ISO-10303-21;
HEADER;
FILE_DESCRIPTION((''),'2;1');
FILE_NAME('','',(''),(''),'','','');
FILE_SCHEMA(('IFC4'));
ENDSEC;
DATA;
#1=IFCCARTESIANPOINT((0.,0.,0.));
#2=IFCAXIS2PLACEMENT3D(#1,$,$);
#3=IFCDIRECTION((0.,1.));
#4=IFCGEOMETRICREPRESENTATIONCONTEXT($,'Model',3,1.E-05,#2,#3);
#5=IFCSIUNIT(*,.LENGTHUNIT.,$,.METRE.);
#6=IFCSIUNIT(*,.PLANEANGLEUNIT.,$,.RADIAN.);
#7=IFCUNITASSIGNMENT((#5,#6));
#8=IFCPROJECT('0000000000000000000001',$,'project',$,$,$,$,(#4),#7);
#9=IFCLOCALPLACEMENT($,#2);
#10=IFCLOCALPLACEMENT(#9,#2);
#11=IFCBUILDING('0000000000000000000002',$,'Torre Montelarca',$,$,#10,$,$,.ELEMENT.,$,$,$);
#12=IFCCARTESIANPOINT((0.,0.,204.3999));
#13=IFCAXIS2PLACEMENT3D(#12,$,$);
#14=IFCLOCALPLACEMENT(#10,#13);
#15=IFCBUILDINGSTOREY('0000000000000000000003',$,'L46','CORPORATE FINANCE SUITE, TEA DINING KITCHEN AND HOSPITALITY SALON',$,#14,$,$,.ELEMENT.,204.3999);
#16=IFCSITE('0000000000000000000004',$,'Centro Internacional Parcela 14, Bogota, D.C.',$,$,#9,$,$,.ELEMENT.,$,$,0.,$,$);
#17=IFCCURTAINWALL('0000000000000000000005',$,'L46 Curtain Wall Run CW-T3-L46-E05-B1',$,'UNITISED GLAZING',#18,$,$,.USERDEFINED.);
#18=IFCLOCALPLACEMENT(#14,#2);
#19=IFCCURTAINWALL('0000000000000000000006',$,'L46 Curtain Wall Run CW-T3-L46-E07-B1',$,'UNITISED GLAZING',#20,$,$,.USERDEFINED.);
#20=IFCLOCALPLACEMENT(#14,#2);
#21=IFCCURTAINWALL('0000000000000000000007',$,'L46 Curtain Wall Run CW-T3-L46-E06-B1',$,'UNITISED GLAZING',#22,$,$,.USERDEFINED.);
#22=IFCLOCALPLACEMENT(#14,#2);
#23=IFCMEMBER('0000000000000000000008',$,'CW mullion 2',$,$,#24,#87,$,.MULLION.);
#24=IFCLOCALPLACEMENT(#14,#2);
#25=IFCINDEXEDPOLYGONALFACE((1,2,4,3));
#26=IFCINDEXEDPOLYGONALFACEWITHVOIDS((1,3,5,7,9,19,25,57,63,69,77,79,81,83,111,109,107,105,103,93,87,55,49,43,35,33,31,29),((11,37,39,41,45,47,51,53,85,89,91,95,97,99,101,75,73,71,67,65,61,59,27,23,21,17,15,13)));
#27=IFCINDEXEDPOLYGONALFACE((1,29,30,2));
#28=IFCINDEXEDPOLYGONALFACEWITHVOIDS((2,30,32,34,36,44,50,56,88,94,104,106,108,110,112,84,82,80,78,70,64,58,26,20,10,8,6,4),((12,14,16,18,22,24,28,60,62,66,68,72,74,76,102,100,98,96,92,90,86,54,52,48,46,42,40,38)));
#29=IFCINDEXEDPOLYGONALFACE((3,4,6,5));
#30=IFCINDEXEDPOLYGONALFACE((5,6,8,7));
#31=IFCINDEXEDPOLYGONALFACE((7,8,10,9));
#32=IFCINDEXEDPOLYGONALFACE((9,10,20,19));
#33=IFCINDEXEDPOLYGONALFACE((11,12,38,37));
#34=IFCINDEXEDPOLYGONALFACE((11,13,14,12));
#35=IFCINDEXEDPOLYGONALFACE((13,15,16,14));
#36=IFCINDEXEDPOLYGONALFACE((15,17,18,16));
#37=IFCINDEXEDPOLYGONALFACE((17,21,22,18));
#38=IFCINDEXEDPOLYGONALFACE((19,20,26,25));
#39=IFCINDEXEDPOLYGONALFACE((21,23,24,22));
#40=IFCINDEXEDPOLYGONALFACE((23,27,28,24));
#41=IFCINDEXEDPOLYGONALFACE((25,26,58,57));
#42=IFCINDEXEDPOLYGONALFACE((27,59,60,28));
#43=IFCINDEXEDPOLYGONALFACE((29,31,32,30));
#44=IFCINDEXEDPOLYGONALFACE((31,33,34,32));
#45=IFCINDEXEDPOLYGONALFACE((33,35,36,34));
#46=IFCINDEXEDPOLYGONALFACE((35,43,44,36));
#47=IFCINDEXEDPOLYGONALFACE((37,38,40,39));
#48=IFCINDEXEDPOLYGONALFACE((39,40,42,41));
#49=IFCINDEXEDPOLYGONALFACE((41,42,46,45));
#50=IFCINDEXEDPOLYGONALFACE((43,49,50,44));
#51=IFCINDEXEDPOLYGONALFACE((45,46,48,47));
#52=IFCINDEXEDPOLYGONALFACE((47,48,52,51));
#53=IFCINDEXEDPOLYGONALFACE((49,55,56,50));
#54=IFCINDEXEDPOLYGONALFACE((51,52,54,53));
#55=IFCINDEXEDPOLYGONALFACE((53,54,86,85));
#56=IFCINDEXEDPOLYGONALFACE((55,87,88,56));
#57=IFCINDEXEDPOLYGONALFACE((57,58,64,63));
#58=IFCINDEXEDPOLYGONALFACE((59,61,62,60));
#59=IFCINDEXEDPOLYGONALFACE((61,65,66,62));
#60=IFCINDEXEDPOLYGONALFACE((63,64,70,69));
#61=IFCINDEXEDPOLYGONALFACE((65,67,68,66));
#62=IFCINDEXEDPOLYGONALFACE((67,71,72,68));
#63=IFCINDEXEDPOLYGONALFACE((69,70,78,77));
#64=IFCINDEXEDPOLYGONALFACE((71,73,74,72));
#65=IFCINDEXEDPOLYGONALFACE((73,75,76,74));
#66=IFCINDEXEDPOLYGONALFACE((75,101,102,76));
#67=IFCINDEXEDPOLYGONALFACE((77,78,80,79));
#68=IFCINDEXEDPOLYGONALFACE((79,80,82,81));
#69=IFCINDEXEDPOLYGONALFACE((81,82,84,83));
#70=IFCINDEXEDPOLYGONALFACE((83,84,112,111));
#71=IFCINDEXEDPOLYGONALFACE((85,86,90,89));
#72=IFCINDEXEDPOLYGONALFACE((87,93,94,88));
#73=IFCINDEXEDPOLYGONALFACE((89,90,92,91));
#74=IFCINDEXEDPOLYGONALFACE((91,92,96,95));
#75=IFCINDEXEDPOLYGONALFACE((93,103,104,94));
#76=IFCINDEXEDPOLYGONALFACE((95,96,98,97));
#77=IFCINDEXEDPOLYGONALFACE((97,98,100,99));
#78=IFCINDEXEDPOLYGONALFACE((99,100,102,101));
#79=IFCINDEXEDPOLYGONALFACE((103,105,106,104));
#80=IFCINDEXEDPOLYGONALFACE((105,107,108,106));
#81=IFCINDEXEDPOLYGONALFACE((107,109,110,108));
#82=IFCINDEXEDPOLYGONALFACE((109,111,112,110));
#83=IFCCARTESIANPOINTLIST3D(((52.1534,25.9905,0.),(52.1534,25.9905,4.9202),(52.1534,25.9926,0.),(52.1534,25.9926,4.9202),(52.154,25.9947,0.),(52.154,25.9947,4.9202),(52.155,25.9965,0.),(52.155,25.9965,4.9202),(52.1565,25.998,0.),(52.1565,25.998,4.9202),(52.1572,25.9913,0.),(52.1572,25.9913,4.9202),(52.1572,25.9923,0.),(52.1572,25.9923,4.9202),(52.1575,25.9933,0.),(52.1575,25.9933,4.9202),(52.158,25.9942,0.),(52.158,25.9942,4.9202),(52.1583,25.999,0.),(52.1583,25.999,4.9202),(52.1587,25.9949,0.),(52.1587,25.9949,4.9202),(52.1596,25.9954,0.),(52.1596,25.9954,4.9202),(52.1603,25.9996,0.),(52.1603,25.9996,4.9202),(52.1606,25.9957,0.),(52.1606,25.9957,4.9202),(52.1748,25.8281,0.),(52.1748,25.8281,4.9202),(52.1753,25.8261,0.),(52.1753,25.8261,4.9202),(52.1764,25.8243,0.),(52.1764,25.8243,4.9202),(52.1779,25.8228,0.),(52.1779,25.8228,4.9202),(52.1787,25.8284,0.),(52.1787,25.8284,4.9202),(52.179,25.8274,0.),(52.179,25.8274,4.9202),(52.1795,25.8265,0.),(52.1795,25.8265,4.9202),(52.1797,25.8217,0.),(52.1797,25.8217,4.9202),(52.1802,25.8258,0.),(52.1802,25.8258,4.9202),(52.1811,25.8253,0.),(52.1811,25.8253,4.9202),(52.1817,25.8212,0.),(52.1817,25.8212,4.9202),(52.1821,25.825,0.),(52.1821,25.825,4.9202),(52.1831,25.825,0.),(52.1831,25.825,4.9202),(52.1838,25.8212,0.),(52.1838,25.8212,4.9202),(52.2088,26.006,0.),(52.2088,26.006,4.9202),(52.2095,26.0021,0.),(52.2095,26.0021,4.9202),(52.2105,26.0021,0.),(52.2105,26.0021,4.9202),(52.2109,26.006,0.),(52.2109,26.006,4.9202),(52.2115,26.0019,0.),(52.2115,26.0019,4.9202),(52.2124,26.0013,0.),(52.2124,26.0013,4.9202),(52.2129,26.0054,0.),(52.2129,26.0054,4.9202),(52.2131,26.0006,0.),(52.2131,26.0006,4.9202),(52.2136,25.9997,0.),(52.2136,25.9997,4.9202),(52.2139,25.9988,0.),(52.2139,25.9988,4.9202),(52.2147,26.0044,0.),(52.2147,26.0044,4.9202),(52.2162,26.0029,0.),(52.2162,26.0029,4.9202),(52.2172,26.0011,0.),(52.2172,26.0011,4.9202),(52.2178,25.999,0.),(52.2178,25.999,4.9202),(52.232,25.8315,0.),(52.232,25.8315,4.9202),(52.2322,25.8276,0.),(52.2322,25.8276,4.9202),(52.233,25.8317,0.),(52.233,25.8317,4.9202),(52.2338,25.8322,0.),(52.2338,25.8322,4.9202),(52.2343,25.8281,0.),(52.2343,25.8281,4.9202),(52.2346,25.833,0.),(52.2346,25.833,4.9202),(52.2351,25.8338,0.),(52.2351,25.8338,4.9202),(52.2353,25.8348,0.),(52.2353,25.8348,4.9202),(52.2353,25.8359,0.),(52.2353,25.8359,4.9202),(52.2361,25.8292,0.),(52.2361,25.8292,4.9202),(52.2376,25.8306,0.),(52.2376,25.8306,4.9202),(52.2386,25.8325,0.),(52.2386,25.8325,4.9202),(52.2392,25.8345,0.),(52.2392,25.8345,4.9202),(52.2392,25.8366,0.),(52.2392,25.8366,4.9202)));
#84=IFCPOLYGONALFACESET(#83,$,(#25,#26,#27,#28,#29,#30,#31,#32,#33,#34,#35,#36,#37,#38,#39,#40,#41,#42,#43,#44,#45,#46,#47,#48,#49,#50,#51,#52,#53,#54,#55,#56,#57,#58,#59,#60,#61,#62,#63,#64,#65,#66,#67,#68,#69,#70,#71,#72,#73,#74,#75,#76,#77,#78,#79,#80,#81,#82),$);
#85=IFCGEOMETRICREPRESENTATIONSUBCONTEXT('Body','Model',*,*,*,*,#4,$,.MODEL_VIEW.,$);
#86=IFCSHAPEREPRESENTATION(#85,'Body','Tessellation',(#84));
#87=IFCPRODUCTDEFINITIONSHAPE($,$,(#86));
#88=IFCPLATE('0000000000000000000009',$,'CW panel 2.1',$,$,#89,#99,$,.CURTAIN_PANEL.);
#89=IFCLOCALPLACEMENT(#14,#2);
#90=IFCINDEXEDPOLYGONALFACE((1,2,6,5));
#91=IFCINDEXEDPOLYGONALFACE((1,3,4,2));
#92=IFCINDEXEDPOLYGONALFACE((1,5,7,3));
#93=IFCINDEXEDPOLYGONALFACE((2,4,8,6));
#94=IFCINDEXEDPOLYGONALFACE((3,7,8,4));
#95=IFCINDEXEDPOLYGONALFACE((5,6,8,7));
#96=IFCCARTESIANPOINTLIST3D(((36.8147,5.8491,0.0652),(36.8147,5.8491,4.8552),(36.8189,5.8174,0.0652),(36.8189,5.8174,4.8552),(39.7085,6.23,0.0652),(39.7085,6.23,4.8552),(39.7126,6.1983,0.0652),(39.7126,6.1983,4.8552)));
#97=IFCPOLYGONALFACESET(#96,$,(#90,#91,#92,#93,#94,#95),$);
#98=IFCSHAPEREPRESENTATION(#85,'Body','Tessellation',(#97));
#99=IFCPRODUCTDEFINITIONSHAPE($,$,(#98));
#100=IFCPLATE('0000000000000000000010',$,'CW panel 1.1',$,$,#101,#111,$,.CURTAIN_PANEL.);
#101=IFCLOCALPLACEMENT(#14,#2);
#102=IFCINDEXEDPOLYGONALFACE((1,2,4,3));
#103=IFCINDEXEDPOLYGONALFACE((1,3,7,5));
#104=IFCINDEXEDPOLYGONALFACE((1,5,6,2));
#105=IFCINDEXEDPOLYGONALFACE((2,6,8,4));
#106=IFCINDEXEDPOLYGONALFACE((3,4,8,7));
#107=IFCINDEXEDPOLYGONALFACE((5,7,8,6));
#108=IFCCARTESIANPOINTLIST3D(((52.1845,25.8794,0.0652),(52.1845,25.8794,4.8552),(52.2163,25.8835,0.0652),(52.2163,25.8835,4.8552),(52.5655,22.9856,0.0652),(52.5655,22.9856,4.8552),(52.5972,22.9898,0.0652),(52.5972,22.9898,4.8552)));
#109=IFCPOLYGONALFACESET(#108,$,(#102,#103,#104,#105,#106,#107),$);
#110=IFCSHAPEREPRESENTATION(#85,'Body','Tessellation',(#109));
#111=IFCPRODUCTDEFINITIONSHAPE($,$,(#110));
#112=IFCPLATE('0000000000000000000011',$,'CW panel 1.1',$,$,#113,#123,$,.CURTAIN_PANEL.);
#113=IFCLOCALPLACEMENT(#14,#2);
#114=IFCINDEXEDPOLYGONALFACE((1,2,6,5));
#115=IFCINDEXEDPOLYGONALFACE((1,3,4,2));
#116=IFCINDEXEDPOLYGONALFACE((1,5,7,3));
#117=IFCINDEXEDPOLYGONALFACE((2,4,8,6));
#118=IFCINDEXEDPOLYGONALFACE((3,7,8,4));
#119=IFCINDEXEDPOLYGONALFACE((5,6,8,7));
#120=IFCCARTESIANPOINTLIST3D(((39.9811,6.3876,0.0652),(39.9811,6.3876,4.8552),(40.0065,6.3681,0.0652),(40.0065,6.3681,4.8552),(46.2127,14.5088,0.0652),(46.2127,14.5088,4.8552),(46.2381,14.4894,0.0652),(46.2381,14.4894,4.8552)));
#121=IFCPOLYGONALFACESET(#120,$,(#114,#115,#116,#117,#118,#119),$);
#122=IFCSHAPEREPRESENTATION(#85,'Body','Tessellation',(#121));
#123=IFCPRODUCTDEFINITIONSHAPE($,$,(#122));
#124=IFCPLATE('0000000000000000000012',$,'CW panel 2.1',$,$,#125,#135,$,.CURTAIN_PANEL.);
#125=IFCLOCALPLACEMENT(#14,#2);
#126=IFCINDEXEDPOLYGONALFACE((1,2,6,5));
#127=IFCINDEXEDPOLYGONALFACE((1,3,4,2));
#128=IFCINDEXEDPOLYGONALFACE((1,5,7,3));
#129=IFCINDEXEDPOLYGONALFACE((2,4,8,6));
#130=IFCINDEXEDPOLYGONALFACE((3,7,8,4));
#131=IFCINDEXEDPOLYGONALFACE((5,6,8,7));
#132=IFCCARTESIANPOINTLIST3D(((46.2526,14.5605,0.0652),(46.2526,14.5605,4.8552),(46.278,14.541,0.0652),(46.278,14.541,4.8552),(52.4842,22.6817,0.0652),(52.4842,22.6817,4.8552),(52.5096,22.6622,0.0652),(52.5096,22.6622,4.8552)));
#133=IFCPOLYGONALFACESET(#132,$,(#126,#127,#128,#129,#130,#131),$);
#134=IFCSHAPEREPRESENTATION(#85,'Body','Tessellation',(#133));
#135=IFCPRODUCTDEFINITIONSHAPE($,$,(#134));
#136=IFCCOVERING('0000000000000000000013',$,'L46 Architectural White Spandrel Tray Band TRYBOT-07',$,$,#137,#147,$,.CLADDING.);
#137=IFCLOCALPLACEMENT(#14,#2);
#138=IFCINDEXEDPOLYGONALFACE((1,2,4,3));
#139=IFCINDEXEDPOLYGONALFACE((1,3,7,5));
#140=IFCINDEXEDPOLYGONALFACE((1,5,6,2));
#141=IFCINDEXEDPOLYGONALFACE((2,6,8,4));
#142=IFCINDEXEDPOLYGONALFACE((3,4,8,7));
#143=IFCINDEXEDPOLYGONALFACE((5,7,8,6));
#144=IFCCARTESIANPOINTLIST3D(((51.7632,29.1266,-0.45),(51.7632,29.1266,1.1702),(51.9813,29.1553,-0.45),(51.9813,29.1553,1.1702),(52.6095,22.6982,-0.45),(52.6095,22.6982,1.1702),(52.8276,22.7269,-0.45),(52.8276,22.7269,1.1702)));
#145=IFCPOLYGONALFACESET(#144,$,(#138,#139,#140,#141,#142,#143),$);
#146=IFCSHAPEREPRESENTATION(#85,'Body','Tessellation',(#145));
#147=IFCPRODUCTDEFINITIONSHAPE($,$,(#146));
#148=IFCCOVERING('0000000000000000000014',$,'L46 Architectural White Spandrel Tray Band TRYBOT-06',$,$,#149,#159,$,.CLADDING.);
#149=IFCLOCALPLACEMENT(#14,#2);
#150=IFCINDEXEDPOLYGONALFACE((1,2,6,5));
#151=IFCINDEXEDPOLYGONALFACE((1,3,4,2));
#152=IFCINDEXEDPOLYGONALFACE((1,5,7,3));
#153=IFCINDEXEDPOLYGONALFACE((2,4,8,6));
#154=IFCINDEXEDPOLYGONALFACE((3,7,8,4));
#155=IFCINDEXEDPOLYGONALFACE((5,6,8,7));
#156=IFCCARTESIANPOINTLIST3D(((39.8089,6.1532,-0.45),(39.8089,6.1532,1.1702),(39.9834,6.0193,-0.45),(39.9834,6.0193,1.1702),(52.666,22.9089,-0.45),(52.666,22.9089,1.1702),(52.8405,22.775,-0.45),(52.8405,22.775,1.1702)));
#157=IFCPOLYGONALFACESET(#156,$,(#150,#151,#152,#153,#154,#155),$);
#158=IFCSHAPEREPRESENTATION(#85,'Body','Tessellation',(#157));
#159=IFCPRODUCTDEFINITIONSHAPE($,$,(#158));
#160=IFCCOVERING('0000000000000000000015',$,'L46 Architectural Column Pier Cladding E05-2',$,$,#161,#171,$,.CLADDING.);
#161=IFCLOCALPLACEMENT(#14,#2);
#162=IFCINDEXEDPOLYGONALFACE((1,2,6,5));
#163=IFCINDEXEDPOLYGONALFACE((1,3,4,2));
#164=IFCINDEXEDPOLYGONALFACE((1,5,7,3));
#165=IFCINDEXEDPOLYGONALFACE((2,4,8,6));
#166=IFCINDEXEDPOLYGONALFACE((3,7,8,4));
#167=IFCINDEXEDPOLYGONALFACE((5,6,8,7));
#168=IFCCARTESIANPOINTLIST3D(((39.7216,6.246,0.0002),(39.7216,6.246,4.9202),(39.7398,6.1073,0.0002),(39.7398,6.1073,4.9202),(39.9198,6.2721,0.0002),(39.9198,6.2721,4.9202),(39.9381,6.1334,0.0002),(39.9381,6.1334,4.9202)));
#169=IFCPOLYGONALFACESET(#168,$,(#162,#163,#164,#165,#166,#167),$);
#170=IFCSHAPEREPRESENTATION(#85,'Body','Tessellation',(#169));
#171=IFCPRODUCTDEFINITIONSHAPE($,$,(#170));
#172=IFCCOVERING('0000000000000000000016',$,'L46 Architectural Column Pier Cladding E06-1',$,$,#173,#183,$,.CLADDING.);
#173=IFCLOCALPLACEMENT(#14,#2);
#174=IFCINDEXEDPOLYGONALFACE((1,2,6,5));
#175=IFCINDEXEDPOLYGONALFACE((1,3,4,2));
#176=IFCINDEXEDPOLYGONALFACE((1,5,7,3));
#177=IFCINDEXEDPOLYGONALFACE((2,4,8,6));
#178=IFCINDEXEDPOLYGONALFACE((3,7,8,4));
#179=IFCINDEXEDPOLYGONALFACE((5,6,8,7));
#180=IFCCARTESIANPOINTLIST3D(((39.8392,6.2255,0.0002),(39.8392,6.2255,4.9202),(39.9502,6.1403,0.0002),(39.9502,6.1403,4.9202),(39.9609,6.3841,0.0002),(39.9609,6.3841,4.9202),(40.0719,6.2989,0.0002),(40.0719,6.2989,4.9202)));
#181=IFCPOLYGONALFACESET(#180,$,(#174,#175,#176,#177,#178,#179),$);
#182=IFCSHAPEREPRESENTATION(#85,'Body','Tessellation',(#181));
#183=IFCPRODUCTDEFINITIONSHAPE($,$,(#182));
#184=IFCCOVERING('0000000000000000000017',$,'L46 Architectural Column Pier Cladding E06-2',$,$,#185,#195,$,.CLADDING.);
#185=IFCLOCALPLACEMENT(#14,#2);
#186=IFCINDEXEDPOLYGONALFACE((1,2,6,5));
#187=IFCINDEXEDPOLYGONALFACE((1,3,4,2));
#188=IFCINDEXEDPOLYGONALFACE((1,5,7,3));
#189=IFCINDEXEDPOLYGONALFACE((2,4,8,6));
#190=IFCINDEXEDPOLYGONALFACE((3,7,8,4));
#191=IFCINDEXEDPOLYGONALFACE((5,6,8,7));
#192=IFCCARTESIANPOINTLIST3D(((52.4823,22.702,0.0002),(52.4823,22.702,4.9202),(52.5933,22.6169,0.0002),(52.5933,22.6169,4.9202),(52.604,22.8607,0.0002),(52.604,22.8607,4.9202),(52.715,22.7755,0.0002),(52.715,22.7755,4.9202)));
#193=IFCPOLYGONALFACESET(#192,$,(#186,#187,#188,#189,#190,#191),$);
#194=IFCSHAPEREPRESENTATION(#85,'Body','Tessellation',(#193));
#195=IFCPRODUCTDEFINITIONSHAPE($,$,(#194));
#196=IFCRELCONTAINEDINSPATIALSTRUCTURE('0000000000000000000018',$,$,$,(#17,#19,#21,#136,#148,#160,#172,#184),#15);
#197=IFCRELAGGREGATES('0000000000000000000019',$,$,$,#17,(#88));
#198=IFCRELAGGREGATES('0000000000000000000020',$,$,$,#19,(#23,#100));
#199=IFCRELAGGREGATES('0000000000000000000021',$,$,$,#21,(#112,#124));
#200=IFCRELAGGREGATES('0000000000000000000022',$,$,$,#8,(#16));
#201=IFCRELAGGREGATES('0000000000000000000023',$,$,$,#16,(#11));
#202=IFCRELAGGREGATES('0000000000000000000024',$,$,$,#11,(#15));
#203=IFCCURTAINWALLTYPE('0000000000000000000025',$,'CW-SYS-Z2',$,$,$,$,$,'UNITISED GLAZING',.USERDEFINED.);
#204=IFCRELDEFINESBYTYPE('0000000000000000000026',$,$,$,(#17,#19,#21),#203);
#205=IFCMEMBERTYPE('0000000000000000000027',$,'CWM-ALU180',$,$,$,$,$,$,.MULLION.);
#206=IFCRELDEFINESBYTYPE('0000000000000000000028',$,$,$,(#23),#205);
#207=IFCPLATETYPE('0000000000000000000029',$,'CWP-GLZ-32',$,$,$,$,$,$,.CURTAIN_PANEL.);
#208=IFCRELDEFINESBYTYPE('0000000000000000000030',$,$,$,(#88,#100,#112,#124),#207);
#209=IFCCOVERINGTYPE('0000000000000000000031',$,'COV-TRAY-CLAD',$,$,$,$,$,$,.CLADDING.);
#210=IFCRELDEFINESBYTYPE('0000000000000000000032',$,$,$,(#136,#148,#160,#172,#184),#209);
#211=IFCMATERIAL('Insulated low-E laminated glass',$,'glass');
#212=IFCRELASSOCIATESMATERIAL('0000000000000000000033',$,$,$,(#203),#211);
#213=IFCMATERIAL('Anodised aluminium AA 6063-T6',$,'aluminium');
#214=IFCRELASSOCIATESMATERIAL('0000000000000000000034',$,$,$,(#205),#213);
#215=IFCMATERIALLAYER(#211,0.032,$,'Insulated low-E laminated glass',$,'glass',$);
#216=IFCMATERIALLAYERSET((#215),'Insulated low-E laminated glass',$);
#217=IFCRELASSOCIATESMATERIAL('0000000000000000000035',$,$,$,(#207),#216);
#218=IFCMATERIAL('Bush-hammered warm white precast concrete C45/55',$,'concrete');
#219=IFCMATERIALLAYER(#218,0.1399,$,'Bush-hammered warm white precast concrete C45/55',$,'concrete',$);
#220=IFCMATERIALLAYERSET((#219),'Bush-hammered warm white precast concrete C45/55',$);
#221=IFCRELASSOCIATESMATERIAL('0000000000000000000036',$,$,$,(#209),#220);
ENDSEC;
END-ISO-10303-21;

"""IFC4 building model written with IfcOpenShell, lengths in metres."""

from ifc_helpers import new_model, si_unit, direction, frame, origin, origin_2d, place, context, subcontext, project, spatial, rectangle, hollow_rectangle, extrude, source, transform, mapped, material, layer, layer_set, material_profile, profile_set, type_object, element, aggregate, save


model = new_model("IFC4")

# Units and contexts
model_context = context("Model", 3, precision=1e-05, world=origin(), true_north=direction((0.0, 1.0)))
body_context = subcontext(model_context, "Body", "Model", "MODEL_VIEW")
ifc_project = project(units=[si_unit("LENGTHUNIT", "METRE"), si_unit("PLANEANGLEUNIT", "RADIAN")], contexts=[model_context])

# Site, building, storey
site_placement = place(None, origin())
site = spatial("IfcSite", under=ifc_project, at=site_placement, Name="Centro Internacional Parcela 14, Bogota, D.C.", CompositionType="ELEMENT", RefElevation=0.0)
building_placement = place(site_placement, origin())
building = spatial("IfcBuilding", under=site, at=building_placement, Name="Torre Montelarca", CompositionType="ELEMENT")
storey_placement = place(building_placement, frame((0.0, 0.0, 204.3999)))
storey = spatial("IfcBuildingStorey", under=building, at=storey_placement, Name="L46", Description="CORPORATE FINANCE SUITE, TEA DINING KITCHEN AND HOSPITALITY SALON", CompositionType="ELEMENT", Elevation=204.3999)

# Curtain walls
ifc_material_1 = material(Name="Insulated low-E laminated glass", Category="glass")
curtain_wall_type = type_object("IfcCurtainWallType", Name="CW-SYS-Z2", ElementType="UNITISED GLAZING", PredefinedType="USERDEFINED", material=ifc_material_1)
curtain_wall_1_placement = place(storey_placement, origin())
curtain_wall_1 = element("IfcCurtainWall", 1, at=curtain_wall_1_placement, inside=storey, type_object=curtain_wall_type, Name="L46 Curtain Wall Run CW-T3-L46-E05-B1", ObjectType="UNITISED GLAZING", PredefinedType="USERDEFINED")
ifc_material_2 = material(Name="Anodised aluminium AA 6063-T6", Category="aluminium")
curtain_wall_2_placement = place(storey_placement, origin())
curtain_wall_2 = element("IfcCurtainWall", 2, at=curtain_wall_2_placement, inside=storey, type_object=curtain_wall_type, Name="L46 Curtain Wall Run CW-T3-L46-E07-B1", ObjectType="UNITISED GLAZING", PredefinedType="USERDEFINED")
curtain_wall_3_placement = place(storey_placement, origin())
curtain_wall_3 = element("IfcCurtainWall", 3, at=curtain_wall_3_placement, inside=storey, type_object=curtain_wall_type, Name="L46 Curtain Wall Run CW-T3-L46-E06-B1", ObjectType="UNITISED GLAZING", PredefinedType="USERDEFINED")

# Member
ifc_material_profile_1 = material_profile(ifc_material_2, hollow_rectangle(XDim=0.0649, YDim=0.1799, WallThickness=0.0039, InnerFilletRadius=0.0039, OuterFilletRadius=0.0081, at=origin_2d()), Name="ALU65X180X4", Category="aluminium")
ifc_profile_set_1 = profile_set([ifc_material_profile_1], Name="Anodised aluminium AA 6063-T6")
member_type_1 = type_object("IfcMemberType", Name="CWM-ALU180", PredefinedType="MULLION", material=ifc_profile_set_1)
shared_shape_1 = source(origin(), body_context, "Body", "SweptSolid", [
    extrude(hollow_rectangle(XDim=0.0649, YDim=0.1799, WallThickness=0.0039, InnerFilletRadius=0.0039, OuterFilletRadius=0.0081, at=origin_2d()), origin(), (0.0, 0.0, 1.0), 4.9202),
])
member_1_placement = place(storey_placement, frame((52.1963, 25.9136, 0.0), z_axis=(0.0, 0.0, 1.0), x_axis=(-0.991446, -0.130514, 0.0)))
member_1 = element("IfcMember", 4, at=member_1_placement, type_object=member_type_1, Name="CW mullion 2", PredefinedType="MULLION", context=body_context, shape_type="MappedRepresentation", body=[
    mapped(shared_shape_1, transform((0.0, 0.0, 0.0), scale=1.0)),
])

# Plates
ifc_layer_1 = layer(ifc_material_1, 0.032, Name="Insulated low-E laminated glass", Category="glass")
ifc_layer_set_1 = layer_set([ifc_layer_1], Name="Insulated low-E laminated glass")
plate_type = type_object("IfcPlateType", Name="CWP-GLZ-32", PredefinedType="CURTAIN_PANEL", material=ifc_layer_set_1)
shared_shape_2 = source(origin(), body_context, "Body", "SweptSolid", [
    extrude(rectangle(XDim=2.9187, YDim=0.032, at=origin_2d()), origin(), (0.0, 0.0, 1.0), 4.79),
])
plate_1_placement = place(storey_placement, frame((38.2637, 6.0237, 0.0652), z_axis=(0.0, 0.0, 1.0), x_axis=(0.991447, 0.130512, 0.0)))
plate_1 = element("IfcPlate", 5, at=plate_1_placement, type_object=plate_type, Name="CW panel 2.1", PredefinedType="CURTAIN_PANEL", context=body_context, shape_type="MappedRepresentation", body=[
    mapped(shared_shape_2, transform((0.0, 0.0, 0.0), scale=1.0)),
])
aggregate(curtain_wall_1, [plate_1])
plate_2_placement = place(storey_placement, frame((52.3909, 24.4346, 0.0652), z_axis=(0.0, 0.0, 1.0), x_axis=(-0.130514, 0.991446, 0.0)))
plate_2 = element("IfcPlate", 6, at=plate_2_placement, type_object=plate_type, Name="CW panel 1.1", PredefinedType="CURTAIN_PANEL", context=body_context, shape_type="MappedRepresentation", body=[
    mapped(shared_shape_2, transform((0.0, 0.0, 0.0), scale=1.0)),
])
aggregate(curtain_wall_2, [member_1, plate_2])
shared_shape_3 = source(origin(), body_context, "Body", "SweptSolid", [
    extrude(rectangle(XDim=10.2366, YDim=0.032, at=origin_2d()), origin(), (0.0, 0.0, 1.0), 4.79),
])
plate_3_placement = place(storey_placement, frame((43.1096, 10.4385, 0.0652), z_axis=(0.0, 0.0, 1.0), x_axis=(0.608762, 0.793353, 0.0)))
plate_3 = element("IfcPlate", 7, at=plate_3_placement, type_object=plate_type, Name="CW panel 1.1", PredefinedType="CURTAIN_PANEL", context=body_context, shape_type="MappedRepresentation", body=[
    mapped(shared_shape_3, transform((0.0, 0.0, 0.0), scale=1.0)),
])
plate_4_placement = place(storey_placement, frame((49.3811, 18.6113, 0.0652), z_axis=(0.0, 0.0, 1.0), x_axis=(0.608762, 0.793353, 0.0)))
plate_4 = element("IfcPlate", 8, at=plate_4_placement, type_object=plate_type, Name="CW panel 2.1", PredefinedType="CURTAIN_PANEL", context=body_context, shape_type="MappedRepresentation", body=[
    mapped(shared_shape_3, transform((0.0, 0.0, 0.0), scale=1.0)),
])
aggregate(curtain_wall_3, [plate_3, plate_4])

# Coverings
ifc_material_3 = material(Name="Bush-hammered warm white precast concrete C45/55", Category="concrete")
ifc_layer_2 = layer(ifc_material_3, 0.1399, Name="Bush-hammered warm white precast concrete C45/55", Category="concrete")
ifc_layer_set_2 = layer_set([ifc_layer_2], Name="Bush-hammered warm white precast concrete C45/55")
covering_type = type_object("IfcCoveringType", Name="COV-TRAY-CLAD", PredefinedType="CLADDING", material=ifc_layer_set_2)
shared_shape_4 = source(origin(), body_context, "Body", "SweptSolid", [
    extrude(rectangle(XDim=6.4839, YDim=0.22, at=origin_2d()), origin(), (0.0, 0.0, 1.0), 1.6201),
])
covering_1_placement = place(storey_placement, frame((52.2954, 25.9268, -0.45), z_axis=(0.0, 0.0, 1.0), x_axis=(-0.130531, 0.991444, 0.0)))
element("IfcCovering", 9, at=covering_1_placement, inside=storey, type_object=covering_type, Name="L46 Architectural White Spandrel Tray Band TRYBOT-07", PredefinedType="CLADDING", context=body_context, shape_type="MappedRepresentation", body=[
    mapped(shared_shape_4, transform((0.0, 0.0, 0.0), scale=1.0)),
])
shared_shape_5 = source(origin(), body_context, "Body", "SweptSolid", [
    extrude(rectangle(XDim=21.1201, YDim=0.22, at=origin_2d()), origin(), (0.0, 0.0, 1.0), 1.6201),
])
covering_2_placement = place(storey_placement, frame((46.3247, 14.4641, -0.45), z_axis=(0.0, 0.0, 1.0), x_axis=(0.608763, 0.793352, 0.0)))
element("IfcCovering", 10, at=covering_2_placement, inside=storey, type_object=covering_type, Name="L46 Architectural White Spandrel Tray Band TRYBOT-06", PredefinedType="CLADDING", context=body_context, shape_type="MappedRepresentation", body=[
    mapped(shared_shape_5, transform((0.0, 0.0, 0.0), scale=1.0)),
])
shared_shape_6 = source(origin(), body_context, "Body", "SweptSolid", [
    extrude(rectangle(XDim=0.2, YDim=0.1399, at=origin_2d()), origin(), (0.0, 0.0, 1.0), 4.9199),
])
for number, where, z_axis, x_axis, name in (
    (11, (39.8298, 6.1897, 0.0002), (0.0, 0.0, 1.0), (0.991444, 0.13053, 0.0), "L46 Architectural Column Pier Cladding E05-2"),
    (12, (39.9556, 6.2622, 0.0002), (0.0, 0.0, 1.0), (0.608764, 0.793351, 0.0), "L46 Architectural Column Pier Cladding E06-1"),
    (13, (52.5986, 22.7388, 0.0002), (0.0, 0.0, 1.0), (0.608764, 0.793351, 0.0), "L46 Architectural Column Pier Cladding E06-2"),
):
    element("IfcCovering", number, at=place(storey_placement, frame(where, z_axis=z_axis, x_axis=x_axis)), inside=storey, type_object=covering_type, Name=name, PredefinedType="CLADDING", context=body_context, shape_type="MappedRepresentation", body=[
        mapped(shared_shape_6, transform((0.0, 0.0, 0.0), scale=1.0)),
    ])

save(model, "model.ifc")
